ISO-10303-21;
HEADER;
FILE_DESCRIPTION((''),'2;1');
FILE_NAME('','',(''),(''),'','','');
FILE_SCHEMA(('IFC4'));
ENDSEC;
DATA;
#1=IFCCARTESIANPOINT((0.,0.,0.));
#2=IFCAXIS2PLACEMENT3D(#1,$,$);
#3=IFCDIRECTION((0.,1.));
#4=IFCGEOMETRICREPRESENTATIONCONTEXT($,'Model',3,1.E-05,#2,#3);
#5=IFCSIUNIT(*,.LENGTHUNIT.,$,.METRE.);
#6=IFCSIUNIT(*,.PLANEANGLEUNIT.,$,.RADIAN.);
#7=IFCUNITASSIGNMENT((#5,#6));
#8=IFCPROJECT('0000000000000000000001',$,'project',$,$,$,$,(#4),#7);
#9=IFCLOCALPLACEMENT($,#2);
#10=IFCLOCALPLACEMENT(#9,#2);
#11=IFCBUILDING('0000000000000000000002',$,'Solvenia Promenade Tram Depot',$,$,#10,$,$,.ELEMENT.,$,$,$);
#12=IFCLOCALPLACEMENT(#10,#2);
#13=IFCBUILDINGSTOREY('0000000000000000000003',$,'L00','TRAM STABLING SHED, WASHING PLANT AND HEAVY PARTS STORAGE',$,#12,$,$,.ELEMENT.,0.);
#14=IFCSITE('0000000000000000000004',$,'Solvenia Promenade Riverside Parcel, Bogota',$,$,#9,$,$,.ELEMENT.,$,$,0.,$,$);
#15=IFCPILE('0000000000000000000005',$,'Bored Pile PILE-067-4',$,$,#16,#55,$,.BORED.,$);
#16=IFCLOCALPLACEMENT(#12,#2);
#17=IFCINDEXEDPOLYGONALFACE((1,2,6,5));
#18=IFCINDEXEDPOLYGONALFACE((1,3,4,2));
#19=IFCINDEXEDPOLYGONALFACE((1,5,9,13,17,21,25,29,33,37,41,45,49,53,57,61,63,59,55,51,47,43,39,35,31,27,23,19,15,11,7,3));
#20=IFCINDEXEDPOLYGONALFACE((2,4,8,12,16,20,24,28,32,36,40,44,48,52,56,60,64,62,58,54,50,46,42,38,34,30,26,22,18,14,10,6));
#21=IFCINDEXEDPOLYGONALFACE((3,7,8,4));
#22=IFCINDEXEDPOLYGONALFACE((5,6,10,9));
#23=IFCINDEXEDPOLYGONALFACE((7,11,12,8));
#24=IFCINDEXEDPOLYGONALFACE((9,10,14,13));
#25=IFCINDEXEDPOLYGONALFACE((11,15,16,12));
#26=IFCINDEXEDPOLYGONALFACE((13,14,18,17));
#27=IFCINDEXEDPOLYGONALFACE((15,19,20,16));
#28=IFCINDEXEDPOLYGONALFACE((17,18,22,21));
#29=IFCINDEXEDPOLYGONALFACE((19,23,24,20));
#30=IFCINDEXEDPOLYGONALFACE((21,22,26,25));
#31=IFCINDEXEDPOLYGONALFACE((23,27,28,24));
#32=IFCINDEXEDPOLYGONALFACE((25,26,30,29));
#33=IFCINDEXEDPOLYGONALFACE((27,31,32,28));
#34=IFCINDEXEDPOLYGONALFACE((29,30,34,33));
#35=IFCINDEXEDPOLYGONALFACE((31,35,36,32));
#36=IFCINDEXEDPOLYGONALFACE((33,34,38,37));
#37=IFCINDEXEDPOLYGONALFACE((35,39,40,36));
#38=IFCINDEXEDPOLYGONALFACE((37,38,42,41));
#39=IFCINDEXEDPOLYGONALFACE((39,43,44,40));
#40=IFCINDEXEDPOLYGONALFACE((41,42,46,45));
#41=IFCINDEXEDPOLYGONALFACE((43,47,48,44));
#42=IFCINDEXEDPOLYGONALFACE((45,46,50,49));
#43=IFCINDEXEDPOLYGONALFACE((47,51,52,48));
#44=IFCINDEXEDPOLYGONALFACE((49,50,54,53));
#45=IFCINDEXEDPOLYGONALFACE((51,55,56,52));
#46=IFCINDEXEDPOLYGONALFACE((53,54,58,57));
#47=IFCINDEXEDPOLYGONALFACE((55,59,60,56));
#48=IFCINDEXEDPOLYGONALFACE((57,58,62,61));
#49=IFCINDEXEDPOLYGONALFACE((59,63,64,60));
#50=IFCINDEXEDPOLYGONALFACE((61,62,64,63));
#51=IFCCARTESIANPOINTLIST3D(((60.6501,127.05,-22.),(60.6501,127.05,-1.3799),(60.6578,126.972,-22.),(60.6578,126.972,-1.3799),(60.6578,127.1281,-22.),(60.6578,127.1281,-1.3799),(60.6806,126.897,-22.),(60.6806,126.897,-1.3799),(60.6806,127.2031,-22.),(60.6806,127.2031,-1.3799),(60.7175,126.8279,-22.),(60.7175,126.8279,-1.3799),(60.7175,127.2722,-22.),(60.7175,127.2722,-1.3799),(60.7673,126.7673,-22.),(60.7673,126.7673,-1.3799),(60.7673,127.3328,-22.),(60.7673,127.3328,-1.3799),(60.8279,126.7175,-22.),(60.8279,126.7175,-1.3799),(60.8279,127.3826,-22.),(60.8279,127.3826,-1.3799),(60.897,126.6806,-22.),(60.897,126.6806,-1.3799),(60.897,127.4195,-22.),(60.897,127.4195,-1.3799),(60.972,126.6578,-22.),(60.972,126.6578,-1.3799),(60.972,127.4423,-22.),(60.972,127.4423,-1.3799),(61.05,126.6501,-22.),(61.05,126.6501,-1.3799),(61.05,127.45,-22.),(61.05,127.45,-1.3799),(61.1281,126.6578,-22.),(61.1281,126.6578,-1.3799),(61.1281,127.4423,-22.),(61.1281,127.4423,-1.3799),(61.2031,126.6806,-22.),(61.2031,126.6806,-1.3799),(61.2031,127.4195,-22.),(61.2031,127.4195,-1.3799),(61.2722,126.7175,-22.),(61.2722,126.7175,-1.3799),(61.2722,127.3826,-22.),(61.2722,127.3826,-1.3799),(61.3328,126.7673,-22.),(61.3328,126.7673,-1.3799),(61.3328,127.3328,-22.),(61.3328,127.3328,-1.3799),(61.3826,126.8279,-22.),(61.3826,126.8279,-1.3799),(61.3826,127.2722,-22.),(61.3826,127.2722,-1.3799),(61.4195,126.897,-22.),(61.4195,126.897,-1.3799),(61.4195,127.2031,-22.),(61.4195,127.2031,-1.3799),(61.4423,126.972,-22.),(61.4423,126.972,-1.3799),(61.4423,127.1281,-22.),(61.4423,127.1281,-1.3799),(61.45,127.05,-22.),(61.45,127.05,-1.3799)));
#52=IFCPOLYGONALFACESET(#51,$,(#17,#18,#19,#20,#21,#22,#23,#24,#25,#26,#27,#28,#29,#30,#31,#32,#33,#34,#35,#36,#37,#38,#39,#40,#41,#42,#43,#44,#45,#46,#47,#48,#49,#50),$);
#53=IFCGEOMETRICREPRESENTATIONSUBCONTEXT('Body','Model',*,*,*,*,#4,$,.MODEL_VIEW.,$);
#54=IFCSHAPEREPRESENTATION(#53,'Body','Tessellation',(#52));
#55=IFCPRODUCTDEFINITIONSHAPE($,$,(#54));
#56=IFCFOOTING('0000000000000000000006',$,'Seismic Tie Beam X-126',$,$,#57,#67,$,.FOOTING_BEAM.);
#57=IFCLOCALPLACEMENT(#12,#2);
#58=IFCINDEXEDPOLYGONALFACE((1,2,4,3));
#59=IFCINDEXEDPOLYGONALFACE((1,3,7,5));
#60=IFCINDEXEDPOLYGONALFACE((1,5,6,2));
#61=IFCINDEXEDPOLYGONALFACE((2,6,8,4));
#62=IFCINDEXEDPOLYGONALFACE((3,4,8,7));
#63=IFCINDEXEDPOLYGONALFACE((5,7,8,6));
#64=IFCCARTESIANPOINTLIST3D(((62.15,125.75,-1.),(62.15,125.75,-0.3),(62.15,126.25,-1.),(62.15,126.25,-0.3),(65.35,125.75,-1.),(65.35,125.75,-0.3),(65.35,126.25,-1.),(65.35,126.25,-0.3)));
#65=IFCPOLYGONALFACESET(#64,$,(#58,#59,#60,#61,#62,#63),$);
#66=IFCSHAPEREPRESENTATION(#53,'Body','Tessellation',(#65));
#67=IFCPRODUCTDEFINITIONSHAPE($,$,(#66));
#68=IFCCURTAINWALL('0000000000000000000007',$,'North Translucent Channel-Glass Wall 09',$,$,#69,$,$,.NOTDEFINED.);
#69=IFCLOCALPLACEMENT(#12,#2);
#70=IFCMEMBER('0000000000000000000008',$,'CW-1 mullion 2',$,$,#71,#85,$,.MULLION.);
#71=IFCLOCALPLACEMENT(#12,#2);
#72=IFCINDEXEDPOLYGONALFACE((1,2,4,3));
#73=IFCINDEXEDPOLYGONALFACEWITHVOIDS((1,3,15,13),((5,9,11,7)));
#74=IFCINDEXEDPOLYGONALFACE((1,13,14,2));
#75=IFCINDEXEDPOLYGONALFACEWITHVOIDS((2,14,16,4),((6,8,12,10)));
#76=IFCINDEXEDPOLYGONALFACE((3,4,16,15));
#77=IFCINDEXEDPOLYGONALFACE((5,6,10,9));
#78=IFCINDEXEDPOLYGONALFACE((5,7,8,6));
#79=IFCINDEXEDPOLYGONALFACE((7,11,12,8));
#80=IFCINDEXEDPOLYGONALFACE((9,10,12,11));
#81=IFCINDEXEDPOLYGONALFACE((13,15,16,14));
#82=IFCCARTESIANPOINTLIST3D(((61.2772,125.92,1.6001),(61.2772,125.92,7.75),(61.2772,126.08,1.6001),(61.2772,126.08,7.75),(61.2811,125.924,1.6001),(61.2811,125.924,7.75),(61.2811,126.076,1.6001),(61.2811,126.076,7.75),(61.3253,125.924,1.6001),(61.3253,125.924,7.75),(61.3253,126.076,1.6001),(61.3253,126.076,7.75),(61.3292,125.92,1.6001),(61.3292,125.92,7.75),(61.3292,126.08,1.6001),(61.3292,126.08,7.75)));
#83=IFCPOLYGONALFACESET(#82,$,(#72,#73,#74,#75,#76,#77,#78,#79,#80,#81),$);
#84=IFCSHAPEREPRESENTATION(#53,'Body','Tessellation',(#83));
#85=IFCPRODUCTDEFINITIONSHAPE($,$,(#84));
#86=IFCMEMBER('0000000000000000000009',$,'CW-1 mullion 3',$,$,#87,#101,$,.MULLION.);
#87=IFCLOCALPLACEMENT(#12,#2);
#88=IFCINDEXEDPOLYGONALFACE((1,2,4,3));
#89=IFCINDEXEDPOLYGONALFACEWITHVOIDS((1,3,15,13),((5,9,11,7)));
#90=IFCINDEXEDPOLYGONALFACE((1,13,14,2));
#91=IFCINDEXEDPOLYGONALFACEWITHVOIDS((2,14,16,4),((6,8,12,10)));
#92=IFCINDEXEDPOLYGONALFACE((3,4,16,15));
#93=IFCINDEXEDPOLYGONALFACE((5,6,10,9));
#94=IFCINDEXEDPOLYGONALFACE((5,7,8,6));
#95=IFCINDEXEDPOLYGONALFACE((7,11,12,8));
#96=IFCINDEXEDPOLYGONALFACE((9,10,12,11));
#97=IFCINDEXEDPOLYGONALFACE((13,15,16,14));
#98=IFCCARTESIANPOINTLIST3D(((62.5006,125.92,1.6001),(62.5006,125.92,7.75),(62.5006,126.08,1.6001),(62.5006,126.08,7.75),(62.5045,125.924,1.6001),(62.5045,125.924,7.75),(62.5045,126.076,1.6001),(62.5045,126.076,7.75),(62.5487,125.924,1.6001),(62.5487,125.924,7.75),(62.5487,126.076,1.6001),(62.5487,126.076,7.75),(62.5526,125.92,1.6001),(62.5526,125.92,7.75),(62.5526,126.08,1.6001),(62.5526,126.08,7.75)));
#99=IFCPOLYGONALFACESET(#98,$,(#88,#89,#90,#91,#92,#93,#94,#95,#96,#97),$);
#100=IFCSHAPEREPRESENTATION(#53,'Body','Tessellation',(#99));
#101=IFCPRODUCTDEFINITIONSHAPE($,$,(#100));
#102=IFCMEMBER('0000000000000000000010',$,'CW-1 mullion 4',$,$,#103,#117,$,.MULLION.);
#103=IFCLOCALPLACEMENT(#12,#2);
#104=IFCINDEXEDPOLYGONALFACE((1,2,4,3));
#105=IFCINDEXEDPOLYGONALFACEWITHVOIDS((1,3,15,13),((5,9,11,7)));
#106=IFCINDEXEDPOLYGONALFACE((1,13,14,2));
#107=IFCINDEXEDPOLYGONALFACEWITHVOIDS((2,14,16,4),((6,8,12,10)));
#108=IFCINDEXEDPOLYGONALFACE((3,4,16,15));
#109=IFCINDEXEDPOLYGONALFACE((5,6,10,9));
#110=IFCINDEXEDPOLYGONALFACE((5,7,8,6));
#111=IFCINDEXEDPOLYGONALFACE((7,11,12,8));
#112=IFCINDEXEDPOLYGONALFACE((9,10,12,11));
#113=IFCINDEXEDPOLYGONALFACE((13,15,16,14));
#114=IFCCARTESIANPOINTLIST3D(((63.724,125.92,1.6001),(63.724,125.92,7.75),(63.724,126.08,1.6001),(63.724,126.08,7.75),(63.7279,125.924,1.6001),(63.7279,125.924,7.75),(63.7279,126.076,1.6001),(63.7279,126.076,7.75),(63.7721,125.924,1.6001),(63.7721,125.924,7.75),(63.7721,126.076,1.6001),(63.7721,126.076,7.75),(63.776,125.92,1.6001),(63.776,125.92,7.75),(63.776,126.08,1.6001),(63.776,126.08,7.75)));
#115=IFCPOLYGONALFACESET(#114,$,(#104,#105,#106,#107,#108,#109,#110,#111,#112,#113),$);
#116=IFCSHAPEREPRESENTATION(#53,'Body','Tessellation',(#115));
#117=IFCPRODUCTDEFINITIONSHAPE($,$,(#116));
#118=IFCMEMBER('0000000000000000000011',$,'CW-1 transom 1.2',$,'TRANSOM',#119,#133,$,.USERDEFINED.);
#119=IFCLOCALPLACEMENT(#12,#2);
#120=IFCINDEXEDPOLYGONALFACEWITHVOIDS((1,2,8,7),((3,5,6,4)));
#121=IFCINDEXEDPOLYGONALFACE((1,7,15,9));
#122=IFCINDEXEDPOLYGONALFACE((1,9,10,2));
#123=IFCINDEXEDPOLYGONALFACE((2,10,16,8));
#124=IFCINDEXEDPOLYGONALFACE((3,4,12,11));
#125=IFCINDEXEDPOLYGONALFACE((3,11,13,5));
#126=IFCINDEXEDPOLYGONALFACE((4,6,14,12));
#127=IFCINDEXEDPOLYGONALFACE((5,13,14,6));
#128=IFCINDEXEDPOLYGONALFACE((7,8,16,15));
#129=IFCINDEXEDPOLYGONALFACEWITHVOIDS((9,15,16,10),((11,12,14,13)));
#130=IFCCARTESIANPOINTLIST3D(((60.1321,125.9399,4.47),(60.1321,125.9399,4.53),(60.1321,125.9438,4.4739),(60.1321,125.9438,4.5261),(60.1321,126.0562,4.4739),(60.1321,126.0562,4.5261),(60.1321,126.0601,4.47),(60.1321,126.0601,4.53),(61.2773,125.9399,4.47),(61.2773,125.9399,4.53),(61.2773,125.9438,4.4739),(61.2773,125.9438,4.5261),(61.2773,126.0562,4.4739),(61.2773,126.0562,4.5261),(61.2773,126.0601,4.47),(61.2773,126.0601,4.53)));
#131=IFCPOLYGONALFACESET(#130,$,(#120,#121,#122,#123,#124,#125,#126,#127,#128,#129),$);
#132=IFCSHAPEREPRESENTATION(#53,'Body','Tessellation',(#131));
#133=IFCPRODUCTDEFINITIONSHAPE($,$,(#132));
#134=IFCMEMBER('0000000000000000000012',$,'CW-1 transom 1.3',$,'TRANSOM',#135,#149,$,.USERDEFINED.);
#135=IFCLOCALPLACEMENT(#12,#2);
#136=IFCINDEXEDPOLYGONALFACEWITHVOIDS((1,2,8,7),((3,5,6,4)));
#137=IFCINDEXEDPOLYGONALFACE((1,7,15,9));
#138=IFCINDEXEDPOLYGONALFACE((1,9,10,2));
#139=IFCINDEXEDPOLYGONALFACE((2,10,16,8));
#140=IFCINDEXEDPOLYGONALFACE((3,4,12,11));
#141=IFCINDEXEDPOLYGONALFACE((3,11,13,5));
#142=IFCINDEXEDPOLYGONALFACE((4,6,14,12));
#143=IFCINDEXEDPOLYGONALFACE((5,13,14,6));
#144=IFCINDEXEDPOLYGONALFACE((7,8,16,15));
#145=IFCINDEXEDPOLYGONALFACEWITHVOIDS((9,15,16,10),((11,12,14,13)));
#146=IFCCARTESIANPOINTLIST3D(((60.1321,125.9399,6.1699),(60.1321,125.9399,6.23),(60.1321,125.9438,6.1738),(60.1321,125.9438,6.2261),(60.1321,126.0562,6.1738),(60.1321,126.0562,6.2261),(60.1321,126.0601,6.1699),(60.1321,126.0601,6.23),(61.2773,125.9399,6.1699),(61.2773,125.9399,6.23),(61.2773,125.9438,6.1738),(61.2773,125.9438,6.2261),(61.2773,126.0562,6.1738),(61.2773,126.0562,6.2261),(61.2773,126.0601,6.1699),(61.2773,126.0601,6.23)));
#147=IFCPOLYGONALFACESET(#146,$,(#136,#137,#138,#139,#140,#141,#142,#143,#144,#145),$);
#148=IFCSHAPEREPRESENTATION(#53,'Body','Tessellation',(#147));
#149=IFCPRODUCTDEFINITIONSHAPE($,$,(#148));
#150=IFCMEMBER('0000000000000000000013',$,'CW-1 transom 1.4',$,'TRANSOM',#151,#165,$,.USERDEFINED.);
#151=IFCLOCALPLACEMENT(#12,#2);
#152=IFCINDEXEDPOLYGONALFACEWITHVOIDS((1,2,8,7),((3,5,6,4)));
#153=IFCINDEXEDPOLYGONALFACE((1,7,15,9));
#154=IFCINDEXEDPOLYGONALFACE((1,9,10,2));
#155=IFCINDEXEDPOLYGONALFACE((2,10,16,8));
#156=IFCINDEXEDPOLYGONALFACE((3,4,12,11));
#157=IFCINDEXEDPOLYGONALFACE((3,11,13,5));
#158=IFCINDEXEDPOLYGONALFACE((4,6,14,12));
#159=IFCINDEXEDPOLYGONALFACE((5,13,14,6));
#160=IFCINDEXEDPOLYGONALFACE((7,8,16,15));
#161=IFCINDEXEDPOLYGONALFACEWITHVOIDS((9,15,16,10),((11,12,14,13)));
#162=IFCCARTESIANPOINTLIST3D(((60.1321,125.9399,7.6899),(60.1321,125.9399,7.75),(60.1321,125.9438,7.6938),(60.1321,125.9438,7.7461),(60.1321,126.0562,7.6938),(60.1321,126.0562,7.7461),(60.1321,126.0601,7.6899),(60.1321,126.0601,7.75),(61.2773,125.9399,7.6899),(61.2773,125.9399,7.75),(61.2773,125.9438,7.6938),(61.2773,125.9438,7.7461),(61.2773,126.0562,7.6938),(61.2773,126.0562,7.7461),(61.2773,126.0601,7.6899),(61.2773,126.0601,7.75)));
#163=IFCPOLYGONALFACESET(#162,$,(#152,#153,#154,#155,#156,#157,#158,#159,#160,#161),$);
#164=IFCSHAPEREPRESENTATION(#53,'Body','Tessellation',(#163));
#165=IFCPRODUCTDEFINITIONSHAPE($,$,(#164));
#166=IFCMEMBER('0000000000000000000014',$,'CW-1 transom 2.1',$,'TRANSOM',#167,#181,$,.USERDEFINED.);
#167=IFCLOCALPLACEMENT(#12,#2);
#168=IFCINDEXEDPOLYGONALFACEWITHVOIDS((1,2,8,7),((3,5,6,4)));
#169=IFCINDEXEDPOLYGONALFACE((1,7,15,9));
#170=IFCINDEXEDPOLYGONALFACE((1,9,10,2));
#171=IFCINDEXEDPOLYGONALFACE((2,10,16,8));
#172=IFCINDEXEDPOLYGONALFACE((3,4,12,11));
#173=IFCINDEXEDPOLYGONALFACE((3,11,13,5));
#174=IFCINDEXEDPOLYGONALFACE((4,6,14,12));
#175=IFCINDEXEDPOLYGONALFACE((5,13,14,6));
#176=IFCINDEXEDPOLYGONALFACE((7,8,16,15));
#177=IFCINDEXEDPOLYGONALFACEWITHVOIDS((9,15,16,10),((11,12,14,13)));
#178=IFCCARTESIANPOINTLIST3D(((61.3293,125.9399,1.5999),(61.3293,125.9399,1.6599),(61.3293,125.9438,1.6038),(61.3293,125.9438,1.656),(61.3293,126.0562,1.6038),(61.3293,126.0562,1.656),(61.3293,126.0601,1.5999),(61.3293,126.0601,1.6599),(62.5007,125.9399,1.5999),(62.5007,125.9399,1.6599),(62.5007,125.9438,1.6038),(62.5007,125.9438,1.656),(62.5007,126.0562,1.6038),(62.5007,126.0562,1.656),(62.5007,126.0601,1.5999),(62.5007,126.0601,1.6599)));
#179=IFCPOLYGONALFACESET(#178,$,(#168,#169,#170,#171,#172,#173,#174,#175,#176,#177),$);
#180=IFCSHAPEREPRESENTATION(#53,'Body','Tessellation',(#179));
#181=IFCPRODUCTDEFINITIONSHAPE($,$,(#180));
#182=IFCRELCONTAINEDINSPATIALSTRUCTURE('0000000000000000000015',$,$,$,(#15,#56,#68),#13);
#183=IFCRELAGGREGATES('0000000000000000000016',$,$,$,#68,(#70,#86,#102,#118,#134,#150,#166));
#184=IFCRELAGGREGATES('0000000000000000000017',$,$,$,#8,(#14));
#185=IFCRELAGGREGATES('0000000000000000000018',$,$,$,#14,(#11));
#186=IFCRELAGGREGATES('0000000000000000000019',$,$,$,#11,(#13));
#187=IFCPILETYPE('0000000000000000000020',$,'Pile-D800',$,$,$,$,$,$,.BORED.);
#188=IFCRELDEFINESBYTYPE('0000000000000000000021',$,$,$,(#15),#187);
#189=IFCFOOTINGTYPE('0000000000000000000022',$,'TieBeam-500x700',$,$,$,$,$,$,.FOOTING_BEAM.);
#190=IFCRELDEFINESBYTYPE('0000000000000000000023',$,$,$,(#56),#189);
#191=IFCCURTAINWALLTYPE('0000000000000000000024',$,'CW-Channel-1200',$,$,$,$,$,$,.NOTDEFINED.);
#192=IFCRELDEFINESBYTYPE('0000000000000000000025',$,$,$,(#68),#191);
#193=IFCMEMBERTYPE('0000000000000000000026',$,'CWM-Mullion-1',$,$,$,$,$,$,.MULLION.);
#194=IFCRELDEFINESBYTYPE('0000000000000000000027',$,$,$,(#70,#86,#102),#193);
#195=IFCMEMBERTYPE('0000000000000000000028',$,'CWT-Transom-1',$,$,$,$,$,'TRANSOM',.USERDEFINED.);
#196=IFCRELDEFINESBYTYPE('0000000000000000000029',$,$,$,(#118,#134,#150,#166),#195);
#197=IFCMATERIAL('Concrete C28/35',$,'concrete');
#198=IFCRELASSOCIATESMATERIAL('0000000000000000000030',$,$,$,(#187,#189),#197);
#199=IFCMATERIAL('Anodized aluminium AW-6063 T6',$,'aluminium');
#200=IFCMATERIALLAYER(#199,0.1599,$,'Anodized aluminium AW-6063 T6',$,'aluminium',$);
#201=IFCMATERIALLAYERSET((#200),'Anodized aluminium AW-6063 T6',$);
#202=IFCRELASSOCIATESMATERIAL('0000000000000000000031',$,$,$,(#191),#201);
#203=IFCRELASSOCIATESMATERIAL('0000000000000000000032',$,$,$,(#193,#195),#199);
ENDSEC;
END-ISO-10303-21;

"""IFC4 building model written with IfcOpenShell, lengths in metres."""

from ifc_helpers import new_model, si_unit, direction, frame, origin, origin_2d, place, context, subcontext, project, spatial, rectangle, hollow_rectangle, circle, extrude, material, layer, layer_set, material_profile, profile_set, type_object, element, aggregate, save


model = new_model("IFC4")

# Units and contexts
model_context = context("Model", 3, precision=1e-05, world=origin(), true_north=direction((0.0, 1.0)))
body_context = subcontext(model_context, "Body", "Model", "MODEL_VIEW")
ifc_project = project(units=[si_unit("LENGTHUNIT", "METRE"), si_unit("PLANEANGLEUNIT", "RADIAN")], contexts=[model_context])

# Site, building, storey
site_placement = place(None, origin())
site = spatial("IfcSite", under=ifc_project, at=site_placement, Name="Solvenia Promenade Riverside Parcel, Bogota", CompositionType="ELEMENT", RefElevation=0.0)
building_placement = place(site_placement, origin())
building = spatial("IfcBuilding", under=site, at=building_placement, Name="Solvenia Promenade Tram Depot", CompositionType="ELEMENT")
storey_placement = place(building_placement, origin())
storey = spatial("IfcBuildingStorey", under=building, at=storey_placement, Name="L00", Description="TRAM STABLING SHED, WASHING PLANT AND HEAVY PARTS STORAGE", CompositionType="ELEMENT", Elevation=0.0)

# Pile
ifc_material_1 = material(Name="Concrete C28/35", Category="concrete")
ifc_material_profile_1 = material_profile(ifc_material_1, circle(Radius=0.3999, at=origin_2d()), Name="D800", Category="concrete")
ifc_profile_set_1 = profile_set([ifc_material_profile_1], Name="Concrete C28/35")
pile_type = type_object("IfcPileType", Name="Pile-D800", PredefinedType="BORED", material=ifc_profile_set_1)
pile_placement = place(storey_placement, frame((61.05, 127.05, -1.3799), z_axis=(0.0, 0.0, -1.0), x_axis=(1.0, 0.0, 0.0)))
element("IfcPile", 1, at=pile_placement, inside=storey, type_object=pile_type, Name="Bored Pile PILE-067-4", PredefinedType="BORED", context=body_context, shape_type="SweptSolid", body=[
    extrude(circle(Radius=0.3999, at=origin_2d()), origin(), (0.0, 0.0, 1.0), 20.6201),
])

# Footing
footing_type = type_object("IfcFootingType", Name="TieBeam-500x700", PredefinedType="FOOTING_BEAM", material=ifc_material_1)
footing_placement = place(storey_placement, frame((63.75, 126.0, -1.0), z_axis=(0.0, 0.0, 1.0), x_axis=(1.0, 0.0, 0.0)))
element("IfcFooting", 2, at=footing_placement, inside=storey, type_object=footing_type, Name="Seismic Tie Beam X-126", PredefinedType="FOOTING_BEAM", context=body_context, shape_type="SweptSolid", body=[
    extrude(rectangle(XDim=3.2, YDim=0.5, at=origin_2d()), origin(), (0.0, 0.0, 1.0), 0.7),
])

# Curtain wall, members
ifc_material_2 = material(Name="Anodized aluminium AW-6063 T6", Category="aluminium")
ifc_layer_1 = layer(ifc_material_2, 0.1599, Name="Anodized aluminium AW-6063 T6", Category="aluminium")
ifc_layer_set_1 = layer_set([ifc_layer_1], Name="Anodized aluminium AW-6063 T6")
curtain_wall_type = type_object("IfcCurtainWallType", Name="CW-Channel-1200", PredefinedType="NOTDEFINED", material=ifc_layer_set_1)
curtain_wall_placement = place(storey_placement, origin())
curtain_wall = element("IfcCurtainWall", 3, at=curtain_wall_placement, inside=storey, type_object=curtain_wall_type, Name="North Translucent Channel-Glass Wall 09", PredefinedType="NOTDEFINED")
ifc_material_profile_2 = material_profile(ifc_material_2, hollow_rectangle(XDim=0.1599, YDim=0.052, WallThickness=0.0039, at=origin_2d()), Name="ALU-M1", Category="aluminium")
ifc_profile_set_2 = profile_set([ifc_material_profile_2], Name="Anodized aluminium AW-6063 T6")
member_type_1 = type_object("IfcMemberType", Name="CWM-Mullion-1", PredefinedType="MULLION", material=ifc_profile_set_2)
member_1_placement = place(storey_placement, frame((61.3032, 126.0, 1.6001), z_axis=(0.0, 0.0, 1.0), x_axis=(0.0, 1.0, 0.0)))
member_1 = element("IfcMember", 4, at=member_1_placement, type_object=member_type_1, Name="CW-1 mullion 2", PredefinedType="MULLION", context=body_context, shape_type="SweptSolid", body=[
    extrude(hollow_rectangle(XDim=0.1599, YDim=0.052, WallThickness=0.0039, at=origin_2d()), origin(), (0.0, 0.0, 1.0), 6.1499),
])
member_2_placement = place(storey_placement, frame((62.5266, 126.0, 1.6001), z_axis=(0.0, 0.0, 1.0), x_axis=(0.0, 1.0, 0.0)))
member_2 = element("IfcMember", 5, at=member_2_placement, type_object=member_type_1, Name="CW-1 mullion 3", PredefinedType="MULLION", context=body_context, shape_type="SweptSolid", body=[
    extrude(hollow_rectangle(XDim=0.1599, YDim=0.052, WallThickness=0.0039, at=origin_2d()), origin(), (0.0, 0.0, 1.0), 6.1499),
])
member_3_placement = place(storey_placement, frame((63.75, 126.0, 1.6001), z_axis=(0.0, 0.0, 1.0), x_axis=(0.0, 1.0, 0.0)))
member_3 = element("IfcMember", 6, at=member_3_placement, type_object=member_type_1, Name="CW-1 mullion 4", PredefinedType="MULLION", context=body_context, shape_type="SweptSolid", body=[
    extrude(hollow_rectangle(XDim=0.1599, YDim=0.052, WallThickness=0.0039, at=origin_2d()), origin(), (0.0, 0.0, 1.0), 6.1499),
])
ifc_material_profile_3 = material_profile(ifc_material_2, hollow_rectangle(XDim=0.1201, YDim=0.0601, WallThickness=0.0039, at=origin_2d()), Name="ALU-T1", Category="aluminium")
ifc_profile_set_3 = profile_set([ifc_material_profile_3], Name="Anodized aluminium AW-6063 T6")
member_type_2 = type_object("IfcMemberType", Name="CWT-Transom-1", ElementType="TRANSOM", PredefinedType="USERDEFINED", material=ifc_profile_set_3)
member_4_placement = place(storey_placement, frame((60.1321, 126.0, 4.5), z_axis=(1.0, 0.0, 0.0), x_axis=(0.0, 1.0, 0.0)))
member_4 = element("IfcMember", 7, at=member_4_placement, type_object=member_type_2, Name="CW-1 transom 1.2", ObjectType="TRANSOM", PredefinedType="USERDEFINED", context=body_context, shape_type="SweptSolid", body=[
    extrude(hollow_rectangle(XDim=0.1201, YDim=0.0601, WallThickness=0.0039, at=origin_2d()), origin(), (0.0, 0.0, 1.0), 1.1453),
])
member_5_placement = place(storey_placement, frame((60.1321, 126.0, 6.2), z_axis=(1.0, 0.0, 0.0), x_axis=(0.0, 1.0, 0.0)))
member_5 = element("IfcMember", 8, at=member_5_placement, type_object=member_type_2, Name="CW-1 transom 1.3", ObjectType="TRANSOM", PredefinedType="USERDEFINED", context=body_context, shape_type="SweptSolid", body=[
    extrude(hollow_rectangle(XDim=0.1201, YDim=0.0601, WallThickness=0.0039, at=origin_2d()), origin(), (0.0, 0.0, 1.0), 1.1453),
])
member_6_placement = place(storey_placement, frame((60.1321, 126.0, 7.72), z_axis=(1.0, 0.0, 0.0), x_axis=(0.0, 1.0, 0.0)))
member_6 = element("IfcMember", 9, at=member_6_placement, type_object=member_type_2, Name="CW-1 transom 1.4", ObjectType="TRANSOM", PredefinedType="USERDEFINED", context=body_context, shape_type="SweptSolid", body=[
    extrude(hollow_rectangle(XDim=0.1201, YDim=0.0601, WallThickness=0.0039, at=origin_2d()), origin(), (0.0, 0.0, 1.0), 1.1453),
])
member_7_placement = place(storey_placement, frame((61.3293, 126.0, 1.6299), z_axis=(1.0, 0.0, 0.0), x_axis=(0.0, 1.0, 0.0)))
member_7 = element("IfcMember", 10, at=member_7_placement, type_object=member_type_2, Name="CW-1 transom 2.1", ObjectType="TRANSOM", PredefinedType="USERDEFINED", context=body_context, shape_type="SweptSolid", body=[
    extrude(hollow_rectangle(XDim=0.1201, YDim=0.0601, WallThickness=0.0039, at=origin_2d()), origin(), (0.0, 0.0, 1.0), 1.1714),
])
aggregate(curtain_wall, [member_1, member_2, member_3, member_4, member_5, member_6, member_7])

save(model, "model.ifc")
